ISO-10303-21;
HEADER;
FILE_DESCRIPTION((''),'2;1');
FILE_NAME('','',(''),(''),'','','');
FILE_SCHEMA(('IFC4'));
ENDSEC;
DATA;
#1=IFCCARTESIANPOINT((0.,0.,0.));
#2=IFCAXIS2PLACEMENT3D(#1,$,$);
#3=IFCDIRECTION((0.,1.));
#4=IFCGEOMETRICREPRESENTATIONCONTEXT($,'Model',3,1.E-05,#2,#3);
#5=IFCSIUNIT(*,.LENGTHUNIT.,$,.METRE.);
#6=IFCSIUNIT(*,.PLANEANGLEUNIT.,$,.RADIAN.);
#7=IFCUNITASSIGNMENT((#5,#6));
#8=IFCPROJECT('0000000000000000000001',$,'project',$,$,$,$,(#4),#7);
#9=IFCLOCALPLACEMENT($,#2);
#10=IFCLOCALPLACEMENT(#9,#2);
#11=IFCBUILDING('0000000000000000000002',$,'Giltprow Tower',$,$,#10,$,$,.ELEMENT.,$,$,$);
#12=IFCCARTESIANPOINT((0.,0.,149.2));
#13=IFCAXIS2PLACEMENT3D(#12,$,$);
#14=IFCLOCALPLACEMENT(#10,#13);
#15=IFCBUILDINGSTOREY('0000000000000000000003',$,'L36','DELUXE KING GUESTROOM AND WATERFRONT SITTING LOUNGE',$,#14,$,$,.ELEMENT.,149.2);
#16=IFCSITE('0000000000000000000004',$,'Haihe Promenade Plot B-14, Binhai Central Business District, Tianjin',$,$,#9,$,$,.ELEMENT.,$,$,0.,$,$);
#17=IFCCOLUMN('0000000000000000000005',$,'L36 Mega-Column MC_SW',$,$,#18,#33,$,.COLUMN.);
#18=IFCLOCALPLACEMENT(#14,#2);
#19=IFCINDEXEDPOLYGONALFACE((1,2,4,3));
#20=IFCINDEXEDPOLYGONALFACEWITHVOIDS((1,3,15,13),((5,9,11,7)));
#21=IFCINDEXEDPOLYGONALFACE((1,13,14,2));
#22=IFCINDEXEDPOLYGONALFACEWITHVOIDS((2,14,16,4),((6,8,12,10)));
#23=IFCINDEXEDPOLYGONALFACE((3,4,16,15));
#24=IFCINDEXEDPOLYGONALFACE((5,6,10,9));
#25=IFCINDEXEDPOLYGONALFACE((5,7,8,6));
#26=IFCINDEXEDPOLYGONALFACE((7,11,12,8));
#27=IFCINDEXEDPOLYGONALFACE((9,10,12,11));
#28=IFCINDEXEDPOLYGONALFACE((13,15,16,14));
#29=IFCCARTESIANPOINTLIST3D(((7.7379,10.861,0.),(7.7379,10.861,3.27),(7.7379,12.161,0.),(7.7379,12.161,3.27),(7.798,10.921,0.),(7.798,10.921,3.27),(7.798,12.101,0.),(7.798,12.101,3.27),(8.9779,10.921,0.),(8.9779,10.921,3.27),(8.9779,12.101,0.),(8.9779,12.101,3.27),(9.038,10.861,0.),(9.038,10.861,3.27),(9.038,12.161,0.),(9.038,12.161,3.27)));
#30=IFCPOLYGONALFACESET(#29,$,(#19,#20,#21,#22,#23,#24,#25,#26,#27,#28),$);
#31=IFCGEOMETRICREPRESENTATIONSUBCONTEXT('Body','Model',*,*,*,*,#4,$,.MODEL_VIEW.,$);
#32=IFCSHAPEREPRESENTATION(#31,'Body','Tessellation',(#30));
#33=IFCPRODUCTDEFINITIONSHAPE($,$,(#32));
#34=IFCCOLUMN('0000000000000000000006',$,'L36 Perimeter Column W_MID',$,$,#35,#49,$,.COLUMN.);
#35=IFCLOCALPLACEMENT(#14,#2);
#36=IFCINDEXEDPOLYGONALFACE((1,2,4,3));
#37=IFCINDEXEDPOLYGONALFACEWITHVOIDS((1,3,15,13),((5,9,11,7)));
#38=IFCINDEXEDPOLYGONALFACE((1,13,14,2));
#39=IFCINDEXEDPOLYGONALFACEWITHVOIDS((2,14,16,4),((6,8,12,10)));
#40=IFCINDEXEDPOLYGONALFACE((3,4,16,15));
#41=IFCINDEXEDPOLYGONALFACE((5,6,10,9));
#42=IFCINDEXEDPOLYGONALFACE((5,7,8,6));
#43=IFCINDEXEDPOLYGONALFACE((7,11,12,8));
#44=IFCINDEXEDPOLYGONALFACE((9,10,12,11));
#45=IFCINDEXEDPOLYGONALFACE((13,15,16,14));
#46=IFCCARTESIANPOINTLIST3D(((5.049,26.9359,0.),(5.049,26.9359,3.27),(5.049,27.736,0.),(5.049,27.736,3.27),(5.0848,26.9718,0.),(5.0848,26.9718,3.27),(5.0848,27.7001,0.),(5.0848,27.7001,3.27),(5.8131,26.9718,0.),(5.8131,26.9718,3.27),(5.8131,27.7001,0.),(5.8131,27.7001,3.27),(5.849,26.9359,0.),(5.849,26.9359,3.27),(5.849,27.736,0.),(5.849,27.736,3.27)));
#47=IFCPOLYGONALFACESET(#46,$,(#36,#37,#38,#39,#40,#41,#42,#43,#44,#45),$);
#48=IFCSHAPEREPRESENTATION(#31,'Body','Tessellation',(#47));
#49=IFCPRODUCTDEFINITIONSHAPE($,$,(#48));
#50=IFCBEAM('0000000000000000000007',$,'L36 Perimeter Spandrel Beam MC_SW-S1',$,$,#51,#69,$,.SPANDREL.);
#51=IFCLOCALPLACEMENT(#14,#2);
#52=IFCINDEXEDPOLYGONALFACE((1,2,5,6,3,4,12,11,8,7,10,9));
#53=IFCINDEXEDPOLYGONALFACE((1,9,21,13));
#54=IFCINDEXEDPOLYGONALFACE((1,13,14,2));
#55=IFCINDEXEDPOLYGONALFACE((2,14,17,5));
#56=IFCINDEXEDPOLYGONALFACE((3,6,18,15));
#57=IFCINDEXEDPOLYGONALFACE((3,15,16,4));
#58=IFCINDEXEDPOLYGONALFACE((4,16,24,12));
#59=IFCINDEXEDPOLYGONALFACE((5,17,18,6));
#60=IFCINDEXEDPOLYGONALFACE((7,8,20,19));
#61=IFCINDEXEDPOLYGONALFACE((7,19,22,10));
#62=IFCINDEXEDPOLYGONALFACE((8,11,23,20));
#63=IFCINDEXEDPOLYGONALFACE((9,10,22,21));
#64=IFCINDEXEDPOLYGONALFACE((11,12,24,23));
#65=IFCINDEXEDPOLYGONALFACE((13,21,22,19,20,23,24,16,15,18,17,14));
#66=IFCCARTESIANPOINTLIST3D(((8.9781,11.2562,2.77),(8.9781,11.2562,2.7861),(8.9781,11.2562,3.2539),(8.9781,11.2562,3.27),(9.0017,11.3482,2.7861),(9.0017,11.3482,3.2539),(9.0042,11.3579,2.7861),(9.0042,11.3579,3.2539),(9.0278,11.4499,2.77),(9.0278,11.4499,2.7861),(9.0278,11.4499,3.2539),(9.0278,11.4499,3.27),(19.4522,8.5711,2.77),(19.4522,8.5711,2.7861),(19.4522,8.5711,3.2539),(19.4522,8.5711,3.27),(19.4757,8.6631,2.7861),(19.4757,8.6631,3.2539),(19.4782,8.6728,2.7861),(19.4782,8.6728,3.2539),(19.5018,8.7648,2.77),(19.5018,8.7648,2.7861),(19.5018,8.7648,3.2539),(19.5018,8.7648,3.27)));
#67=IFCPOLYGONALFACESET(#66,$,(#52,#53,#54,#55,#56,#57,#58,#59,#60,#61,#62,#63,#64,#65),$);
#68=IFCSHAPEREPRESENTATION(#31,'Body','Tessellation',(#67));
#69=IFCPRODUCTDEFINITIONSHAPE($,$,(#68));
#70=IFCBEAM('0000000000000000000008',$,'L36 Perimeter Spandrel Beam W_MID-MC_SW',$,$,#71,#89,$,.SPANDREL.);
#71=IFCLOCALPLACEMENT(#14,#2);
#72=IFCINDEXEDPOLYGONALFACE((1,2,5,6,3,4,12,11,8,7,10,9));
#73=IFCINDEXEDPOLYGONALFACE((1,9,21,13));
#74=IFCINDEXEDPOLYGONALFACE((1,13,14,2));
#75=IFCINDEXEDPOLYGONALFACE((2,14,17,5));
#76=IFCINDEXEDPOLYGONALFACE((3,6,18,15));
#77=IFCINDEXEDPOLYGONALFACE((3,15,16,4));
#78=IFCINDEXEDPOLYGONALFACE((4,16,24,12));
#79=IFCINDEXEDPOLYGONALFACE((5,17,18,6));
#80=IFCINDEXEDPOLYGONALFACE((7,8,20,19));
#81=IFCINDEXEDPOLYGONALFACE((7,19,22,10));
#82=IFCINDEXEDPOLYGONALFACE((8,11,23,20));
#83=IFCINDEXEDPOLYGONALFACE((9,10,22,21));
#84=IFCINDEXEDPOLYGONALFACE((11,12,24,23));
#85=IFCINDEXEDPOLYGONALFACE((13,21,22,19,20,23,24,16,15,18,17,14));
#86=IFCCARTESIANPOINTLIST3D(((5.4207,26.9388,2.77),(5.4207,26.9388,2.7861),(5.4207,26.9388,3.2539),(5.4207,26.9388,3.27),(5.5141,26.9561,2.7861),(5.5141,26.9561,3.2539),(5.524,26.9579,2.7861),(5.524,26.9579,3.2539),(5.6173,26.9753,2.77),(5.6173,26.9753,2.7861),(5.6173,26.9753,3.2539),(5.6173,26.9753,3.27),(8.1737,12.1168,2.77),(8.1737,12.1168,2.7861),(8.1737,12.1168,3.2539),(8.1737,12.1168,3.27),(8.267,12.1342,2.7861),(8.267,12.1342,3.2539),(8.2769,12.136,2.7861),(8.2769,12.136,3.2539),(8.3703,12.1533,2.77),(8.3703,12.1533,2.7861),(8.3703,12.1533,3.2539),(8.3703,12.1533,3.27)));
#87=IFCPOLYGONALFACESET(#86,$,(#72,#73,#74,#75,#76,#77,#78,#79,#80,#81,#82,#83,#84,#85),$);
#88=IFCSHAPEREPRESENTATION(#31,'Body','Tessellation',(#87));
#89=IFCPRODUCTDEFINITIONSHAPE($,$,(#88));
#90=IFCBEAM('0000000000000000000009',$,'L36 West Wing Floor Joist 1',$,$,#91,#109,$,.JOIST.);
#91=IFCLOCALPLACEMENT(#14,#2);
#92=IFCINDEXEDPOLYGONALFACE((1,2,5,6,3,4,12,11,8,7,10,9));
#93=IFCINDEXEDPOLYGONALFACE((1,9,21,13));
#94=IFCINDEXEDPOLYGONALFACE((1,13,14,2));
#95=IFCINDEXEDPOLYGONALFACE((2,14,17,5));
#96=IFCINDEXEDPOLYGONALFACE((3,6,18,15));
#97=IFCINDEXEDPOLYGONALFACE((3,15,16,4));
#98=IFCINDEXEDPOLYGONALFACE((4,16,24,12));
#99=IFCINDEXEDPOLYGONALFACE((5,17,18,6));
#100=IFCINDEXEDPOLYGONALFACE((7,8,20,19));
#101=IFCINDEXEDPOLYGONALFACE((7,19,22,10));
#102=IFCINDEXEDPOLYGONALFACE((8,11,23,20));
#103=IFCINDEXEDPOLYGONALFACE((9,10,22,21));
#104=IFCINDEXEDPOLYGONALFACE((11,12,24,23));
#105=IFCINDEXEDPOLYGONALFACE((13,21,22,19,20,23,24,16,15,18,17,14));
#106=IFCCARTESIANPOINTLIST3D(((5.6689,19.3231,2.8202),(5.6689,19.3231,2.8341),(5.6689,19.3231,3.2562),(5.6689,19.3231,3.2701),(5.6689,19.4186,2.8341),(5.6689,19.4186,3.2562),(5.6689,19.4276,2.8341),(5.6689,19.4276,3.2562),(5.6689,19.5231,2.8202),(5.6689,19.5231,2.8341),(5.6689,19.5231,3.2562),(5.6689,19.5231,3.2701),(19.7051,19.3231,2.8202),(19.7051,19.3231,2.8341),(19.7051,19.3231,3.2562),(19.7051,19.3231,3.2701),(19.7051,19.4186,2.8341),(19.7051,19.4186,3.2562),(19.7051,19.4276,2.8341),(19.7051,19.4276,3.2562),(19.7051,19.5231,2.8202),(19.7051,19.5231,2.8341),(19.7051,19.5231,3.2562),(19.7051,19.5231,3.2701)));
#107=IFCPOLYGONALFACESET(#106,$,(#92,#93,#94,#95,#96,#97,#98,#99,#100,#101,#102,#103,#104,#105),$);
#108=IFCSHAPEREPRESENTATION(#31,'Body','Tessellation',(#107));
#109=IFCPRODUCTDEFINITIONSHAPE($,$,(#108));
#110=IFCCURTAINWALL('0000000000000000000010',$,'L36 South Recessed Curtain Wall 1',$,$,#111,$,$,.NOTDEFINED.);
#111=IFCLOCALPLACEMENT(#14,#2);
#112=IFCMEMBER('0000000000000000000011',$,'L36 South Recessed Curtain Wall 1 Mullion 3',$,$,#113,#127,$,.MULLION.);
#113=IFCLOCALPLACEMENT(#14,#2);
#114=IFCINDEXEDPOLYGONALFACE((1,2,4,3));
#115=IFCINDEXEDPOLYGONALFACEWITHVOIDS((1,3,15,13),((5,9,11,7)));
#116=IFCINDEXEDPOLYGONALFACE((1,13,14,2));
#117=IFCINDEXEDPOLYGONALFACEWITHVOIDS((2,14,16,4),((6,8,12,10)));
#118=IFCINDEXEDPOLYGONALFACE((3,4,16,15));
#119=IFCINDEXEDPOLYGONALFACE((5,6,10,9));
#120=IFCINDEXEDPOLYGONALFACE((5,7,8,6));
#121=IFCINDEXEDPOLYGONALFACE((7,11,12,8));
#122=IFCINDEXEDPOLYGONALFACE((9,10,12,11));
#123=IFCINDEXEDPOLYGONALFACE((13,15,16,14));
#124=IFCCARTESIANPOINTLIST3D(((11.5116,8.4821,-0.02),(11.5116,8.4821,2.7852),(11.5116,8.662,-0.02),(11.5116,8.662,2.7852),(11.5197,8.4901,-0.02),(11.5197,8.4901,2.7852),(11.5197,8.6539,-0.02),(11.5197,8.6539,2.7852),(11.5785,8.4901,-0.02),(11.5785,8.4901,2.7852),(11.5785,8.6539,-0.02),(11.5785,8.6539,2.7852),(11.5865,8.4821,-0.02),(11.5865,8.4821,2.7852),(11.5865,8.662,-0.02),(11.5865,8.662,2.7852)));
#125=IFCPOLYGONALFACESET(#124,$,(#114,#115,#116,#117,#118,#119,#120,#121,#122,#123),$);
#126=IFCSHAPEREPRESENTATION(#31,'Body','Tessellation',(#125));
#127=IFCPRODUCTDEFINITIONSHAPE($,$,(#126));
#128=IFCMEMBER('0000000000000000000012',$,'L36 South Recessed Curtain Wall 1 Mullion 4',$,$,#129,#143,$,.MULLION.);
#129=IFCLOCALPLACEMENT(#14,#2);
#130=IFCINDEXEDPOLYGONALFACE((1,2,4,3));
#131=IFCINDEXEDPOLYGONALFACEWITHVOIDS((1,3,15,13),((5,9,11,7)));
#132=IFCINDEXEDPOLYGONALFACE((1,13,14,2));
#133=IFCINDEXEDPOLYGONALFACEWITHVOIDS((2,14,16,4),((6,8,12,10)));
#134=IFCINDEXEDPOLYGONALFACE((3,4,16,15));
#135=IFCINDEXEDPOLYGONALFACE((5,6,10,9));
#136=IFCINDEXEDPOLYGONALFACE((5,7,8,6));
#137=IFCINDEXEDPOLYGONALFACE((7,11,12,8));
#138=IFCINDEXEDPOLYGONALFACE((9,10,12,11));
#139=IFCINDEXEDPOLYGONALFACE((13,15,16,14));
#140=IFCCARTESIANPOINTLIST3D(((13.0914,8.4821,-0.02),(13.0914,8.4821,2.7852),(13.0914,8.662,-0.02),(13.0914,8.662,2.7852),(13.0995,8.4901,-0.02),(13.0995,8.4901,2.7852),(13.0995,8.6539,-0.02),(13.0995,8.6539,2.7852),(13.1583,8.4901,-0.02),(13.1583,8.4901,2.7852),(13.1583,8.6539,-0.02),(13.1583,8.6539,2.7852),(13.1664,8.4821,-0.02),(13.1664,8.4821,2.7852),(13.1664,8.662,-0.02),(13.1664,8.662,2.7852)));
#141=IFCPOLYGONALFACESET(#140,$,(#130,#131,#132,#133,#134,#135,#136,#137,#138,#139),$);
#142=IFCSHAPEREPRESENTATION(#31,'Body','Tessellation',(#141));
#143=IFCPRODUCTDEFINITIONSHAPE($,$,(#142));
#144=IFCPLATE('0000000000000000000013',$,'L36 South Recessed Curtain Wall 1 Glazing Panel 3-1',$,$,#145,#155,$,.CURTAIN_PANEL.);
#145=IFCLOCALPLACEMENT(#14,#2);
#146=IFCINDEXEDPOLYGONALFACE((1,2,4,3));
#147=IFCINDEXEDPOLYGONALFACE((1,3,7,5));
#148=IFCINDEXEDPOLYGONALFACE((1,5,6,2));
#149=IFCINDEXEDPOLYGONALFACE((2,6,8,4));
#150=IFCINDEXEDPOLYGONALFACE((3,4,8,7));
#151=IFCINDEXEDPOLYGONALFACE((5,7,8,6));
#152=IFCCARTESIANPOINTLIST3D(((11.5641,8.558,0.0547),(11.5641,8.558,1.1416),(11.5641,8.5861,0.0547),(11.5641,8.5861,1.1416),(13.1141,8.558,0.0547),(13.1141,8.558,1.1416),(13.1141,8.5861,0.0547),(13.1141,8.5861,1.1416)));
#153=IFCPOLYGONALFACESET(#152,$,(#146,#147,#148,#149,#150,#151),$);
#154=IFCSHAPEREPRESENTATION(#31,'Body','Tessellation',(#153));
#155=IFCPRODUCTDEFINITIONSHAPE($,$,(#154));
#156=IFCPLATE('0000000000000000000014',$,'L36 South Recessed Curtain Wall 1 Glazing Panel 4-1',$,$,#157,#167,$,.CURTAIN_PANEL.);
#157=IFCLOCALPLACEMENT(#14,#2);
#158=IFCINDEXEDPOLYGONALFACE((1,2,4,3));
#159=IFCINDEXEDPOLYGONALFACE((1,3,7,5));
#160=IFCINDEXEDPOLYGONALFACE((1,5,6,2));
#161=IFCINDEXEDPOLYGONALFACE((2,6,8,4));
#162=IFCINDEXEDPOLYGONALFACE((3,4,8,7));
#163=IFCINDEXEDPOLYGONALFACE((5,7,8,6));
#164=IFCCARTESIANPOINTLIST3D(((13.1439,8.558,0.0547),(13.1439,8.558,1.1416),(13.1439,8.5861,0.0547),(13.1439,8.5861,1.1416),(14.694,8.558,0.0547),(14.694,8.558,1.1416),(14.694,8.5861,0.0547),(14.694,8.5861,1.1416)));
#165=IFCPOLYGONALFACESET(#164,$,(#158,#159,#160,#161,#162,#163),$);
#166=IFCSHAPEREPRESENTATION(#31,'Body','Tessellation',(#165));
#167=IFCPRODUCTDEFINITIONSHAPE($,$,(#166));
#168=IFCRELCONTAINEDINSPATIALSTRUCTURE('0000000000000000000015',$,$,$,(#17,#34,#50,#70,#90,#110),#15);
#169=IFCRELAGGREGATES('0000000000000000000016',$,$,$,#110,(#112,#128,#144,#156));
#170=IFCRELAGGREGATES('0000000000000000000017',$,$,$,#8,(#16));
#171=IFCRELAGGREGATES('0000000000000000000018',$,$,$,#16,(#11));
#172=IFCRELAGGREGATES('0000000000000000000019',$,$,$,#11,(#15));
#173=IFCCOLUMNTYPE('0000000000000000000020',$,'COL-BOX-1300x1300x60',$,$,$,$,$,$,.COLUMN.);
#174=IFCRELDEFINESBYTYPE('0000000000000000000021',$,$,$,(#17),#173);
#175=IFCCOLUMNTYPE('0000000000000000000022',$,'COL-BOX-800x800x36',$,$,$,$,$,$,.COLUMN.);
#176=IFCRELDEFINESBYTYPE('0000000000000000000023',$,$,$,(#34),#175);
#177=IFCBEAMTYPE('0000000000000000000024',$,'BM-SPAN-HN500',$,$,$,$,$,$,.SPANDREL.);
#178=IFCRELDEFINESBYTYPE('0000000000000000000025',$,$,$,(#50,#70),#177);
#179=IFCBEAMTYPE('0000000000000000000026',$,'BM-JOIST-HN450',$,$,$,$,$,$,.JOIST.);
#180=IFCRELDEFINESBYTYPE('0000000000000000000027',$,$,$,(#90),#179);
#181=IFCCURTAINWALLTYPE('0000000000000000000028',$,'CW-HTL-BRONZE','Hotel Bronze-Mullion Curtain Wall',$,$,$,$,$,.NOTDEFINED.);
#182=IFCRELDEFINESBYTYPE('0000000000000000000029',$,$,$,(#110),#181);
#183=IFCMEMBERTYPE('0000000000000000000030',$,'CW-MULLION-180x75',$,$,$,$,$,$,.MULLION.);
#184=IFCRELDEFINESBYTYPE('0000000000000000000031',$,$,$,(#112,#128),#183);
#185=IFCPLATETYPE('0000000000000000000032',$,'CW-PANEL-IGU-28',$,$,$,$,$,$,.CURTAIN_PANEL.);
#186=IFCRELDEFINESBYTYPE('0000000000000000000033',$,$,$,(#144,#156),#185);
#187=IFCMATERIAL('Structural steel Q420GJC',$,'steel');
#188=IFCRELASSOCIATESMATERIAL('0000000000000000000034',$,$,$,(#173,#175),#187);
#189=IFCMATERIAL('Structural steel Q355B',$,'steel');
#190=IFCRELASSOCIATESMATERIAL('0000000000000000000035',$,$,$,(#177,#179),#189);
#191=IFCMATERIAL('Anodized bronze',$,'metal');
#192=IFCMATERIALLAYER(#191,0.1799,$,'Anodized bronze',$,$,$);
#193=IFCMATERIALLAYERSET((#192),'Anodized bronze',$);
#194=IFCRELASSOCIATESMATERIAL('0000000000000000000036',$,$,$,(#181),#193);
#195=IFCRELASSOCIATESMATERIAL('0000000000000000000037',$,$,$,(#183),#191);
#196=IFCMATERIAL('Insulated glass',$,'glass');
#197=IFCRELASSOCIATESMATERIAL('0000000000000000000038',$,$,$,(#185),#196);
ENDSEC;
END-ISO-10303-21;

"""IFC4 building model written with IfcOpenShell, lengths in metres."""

from ifc_helpers import new_model, si_unit, direction, frame, origin, origin_2d, place, context, subcontext, project, spatial, rectangle, hollow_rectangle, i_section, extrude, source, transform, mapped, material, layer, layer_set, material_profile, profile_set, type_object, element, aggregate, save


model = new_model("IFC4")

# Units and contexts
model_context = context("Model", 3, precision=1e-05, world=origin(), true_north=direction((0.0, 1.0)))
body_context = subcontext(model_context, "Body", "Model", "MODEL_VIEW")
ifc_project = project(units=[si_unit("LENGTHUNIT", "METRE"), si_unit("PLANEANGLEUNIT", "RADIAN")], contexts=[model_context])

# Site, building, storey
site_placement = place(None, origin())
site = spatial("IfcSite", under=ifc_project, at=site_placement, Name="Haihe Promenade Plot B-14, Binhai Central Business District, Tianjin", CompositionType="ELEMENT", RefElevation=0.0)
building_placement = place(site_placement, origin())
building = spatial("IfcBuilding", under=site, at=building_placement, Name="Giltprow Tower", CompositionType="ELEMENT")
storey_placement = place(building_placement, frame((0.0, 0.0, 149.2)))
storey = spatial("IfcBuildingStorey", under=building, at=storey_placement, Name="L36", Description="DELUXE KING GUESTROOM AND WATERFRONT SITTING LOUNGE", CompositionType="ELEMENT", Elevation=149.2)

# Columns
ifc_material_1 = material(Name="Structural steel Q420GJC", Category="steel")
ifc_material_profile_1 = material_profile(ifc_material_1, hollow_rectangle(XDim=1.3, YDim=1.3, WallThickness=0.0601, at=origin_2d()), Name="BOX 1300x1300x60")
ifc_profile_set_1 = profile_set([ifc_material_profile_1], Name="Structural steel Q420GJC")
column_type_1 = type_object("IfcColumnType", Name="COL-BOX-1300x1300x60", PredefinedType="COLUMN", material=ifc_profile_set_1)
shared_shape_1 = source(origin(), body_context, "Body", "SweptSolid", [
    extrude(hollow_rectangle(XDim=1.3, YDim=1.3, WallThickness=0.0601, at=origin_2d()), origin(), (0.0, 0.0, 1.0), 3.27),
])
column_1_placement = place(storey_placement, frame((8.3879, 11.511, 0.0), z_axis=(0.0, 0.0, 1.0), x_axis=(1.0, 0.0, 0.0)))
element("IfcColumn", 1, at=column_1_placement, inside=storey, type_object=column_type_1, Name="L36 Mega-Column MC_SW", PredefinedType="COLUMN", context=body_context, shape_type="MappedRepresentation", body=[
    mapped(shared_shape_1, transform((0.0, 0.0, 0.0), x_axis=(1.0, 0.0, 0.0), y_axis=(0.0, 1.0, 0.0), z_axis=(0.0, 0.0, 1.0), scale=1.0)),
])
ifc_material_profile_2 = material_profile(ifc_material_1, hollow_rectangle(XDim=0.8, YDim=0.8, WallThickness=0.0359, at=origin_2d()), Name="BOX 800x800x36")
ifc_profile_set_2 = profile_set([ifc_material_profile_2], Name="Structural steel Q420GJC")
column_type_2 = type_object("IfcColumnType", Name="COL-BOX-800x800x36", PredefinedType="COLUMN", material=ifc_profile_set_2)
shared_shape_2 = source(origin(), body_context, "Body", "SweptSolid", [
    extrude(hollow_rectangle(XDim=0.8, YDim=0.8, WallThickness=0.0359, at=origin_2d()), origin(), (0.0, 0.0, 1.0), 3.27),
])
column_2_placement = place(storey_placement, frame((5.449, 27.3359, 0.0), z_axis=(0.0, 0.0, 1.0), x_axis=(1.0, 0.0, 0.0)))
element("IfcColumn", 2, at=column_2_placement, inside=storey, type_object=column_type_2, Name="L36 Perimeter Column W_MID", PredefinedType="COLUMN", context=body_context, shape_type="MappedRepresentation", body=[
    mapped(shared_shape_2, transform((0.0, 0.0, 0.0), x_axis=(1.0, 0.0, 0.0), y_axis=(0.0, 1.0, 0.0), z_axis=(0.0, 0.0, 1.0), scale=1.0)),
])

# Beams
ifc_material_2 = material(Name="Structural steel Q355B", Category="steel")
ifc_material_profile_3 = material_profile(ifc_material_2, i_section(OverallWidth=0.2, OverallDepth=0.5, WebThickness=0.01, FlangeThickness=0.0161, at=origin_2d()), Name="HN 500x200x10x16")
ifc_profile_set_3 = profile_set([ifc_material_profile_3], Name="Structural steel Q355B")
beam_type_1 = type_object("IfcBeamType", Name="BM-SPAN-HN500", PredefinedType="SPANDREL", material=ifc_profile_set_3)
shared_shape_3 = source(origin(), body_context, "Body", "SweptSolid", [
    extrude(i_section(OverallWidth=0.2, OverallDepth=0.5, WebThickness=0.01, FlangeThickness=0.0161, at=origin_2d()), origin(), (0.0, 0.0, 1.0), 10.8127),
])
beam_1_placement = place(storey_placement, frame((9.0029, 11.353, 3.02), z_axis=(0.968678, -0.248322, 0.0), x_axis=(0.248322, 0.968678, 0.0)))
element("IfcBeam", 3, at=beam_1_placement, inside=storey, type_object=beam_type_1, Name="L36 Perimeter Spandrel Beam MC_SW-S1", PredefinedType="SPANDREL", context=body_context, shape_type="MappedRepresentation", body=[
    mapped(shared_shape_3, transform((0.0, 0.0, 0.0), x_axis=(1.0, 0.0, 0.0), y_axis=(0.0, 1.0, 0.0), z_axis=(0.0, 0.0, 1.0), scale=1.0)),
])
shared_shape_4 = source(origin(), body_context, "Body", "SweptSolid", [
    extrude(i_section(OverallWidth=0.2, OverallDepth=0.5, WebThickness=0.01, FlangeThickness=0.0161, at=origin_2d()), origin(), (0.0, 0.0, 1.0), 15.0754),
])
beam_2_placement = place(storey_placement, frame((5.519, 26.957, 3.02), z_axis=(0.182609, -0.983186, 0.0), x_axis=(0.983186, 0.182609, 0.0)))
element("IfcBeam", 4, at=beam_2_placement, inside=storey, type_object=beam_type_1, Name="L36 Perimeter Spandrel Beam W_MID-MC_SW", PredefinedType="SPANDREL", context=body_context, shape_type="MappedRepresentation", body=[
    mapped(shared_shape_4, transform((0.0, 0.0, 0.0), x_axis=(1.0, 0.0, 0.0), y_axis=(0.0, 1.0, 0.0), z_axis=(0.0, 0.0, 1.0), scale=1.0)),
])
ifc_material_profile_4 = material_profile(ifc_material_2, i_section(OverallWidth=0.2, OverallDepth=0.45, WebThickness=0.009, FlangeThickness=0.0139, at=origin_2d()), Name="HN 450x200x9x14")
ifc_profile_set_4 = profile_set([ifc_material_profile_4], Name="Structural steel Q355B")
beam_type_2 = type_object("IfcBeamType", Name="BM-JOIST-HN450", PredefinedType="JOIST", material=ifc_profile_set_4)
shared_shape_5 = source(origin(), body_context, "Body", "SweptSolid", [
    extrude(i_section(OverallWidth=0.2, OverallDepth=0.45, WebThickness=0.009, FlangeThickness=0.0139, at=origin_2d()), origin(), (0.0, 0.0, 1.0), 14.0361),
])
beam_3_placement = place(storey_placement, frame((5.6689, 19.4231, 3.0452), z_axis=(1.0, 0.0, 0.0), x_axis=(0.0, 1.0, 0.0)))
element("IfcBeam", 5, at=beam_3_placement, inside=storey, type_object=beam_type_2, Name="L36 West Wing Floor Joist 1", PredefinedType="JOIST", context=body_context, shape_type="MappedRepresentation", body=[
    mapped(shared_shape_5, transform((0.0, 0.0, 0.0), x_axis=(1.0, 0.0, 0.0), y_axis=(0.0, 1.0, 0.0), z_axis=(0.0, 0.0, 1.0), scale=1.0)),
])

# Curtain wall, members, plates
ifc_material_3 = material(Name="Anodized bronze", Category="metal")
ifc_layer_1 = layer(ifc_material_3, 0.1799, Name="Anodized bronze")
ifc_layer_set_1 = layer_set([ifc_layer_1], Name="Anodized bronze")
curtain_wall_type = type_object("IfcCurtainWallType", Name="CW-HTL-BRONZE", Description="Hotel Bronze-Mullion Curtain Wall", PredefinedType="NOTDEFINED", material=ifc_layer_set_1)
curtain_wall_placement = place(storey_placement, origin())
curtain_wall = element("IfcCurtainWall", 6, at=curtain_wall_placement, inside=storey, type_object=curtain_wall_type, Name="L36 South Recessed Curtain Wall 1", PredefinedType="NOTDEFINED")
ifc_material_profile_5 = material_profile(ifc_material_3, hollow_rectangle(XDim=0.075, YDim=0.1799, WallThickness=0.0081, at=origin_2d()), Name="RHS 180x75x8")
ifc_profile_set_5 = profile_set([ifc_material_profile_5], Name="Anodized bronze")
member_type = type_object("IfcMemberType", Name="CW-MULLION-180x75", PredefinedType="MULLION", material=ifc_profile_set_5)
shared_shape_6 = source(origin(), body_context, "Body", "SweptSolid", [
    extrude(hollow_rectangle(XDim=0.075, YDim=0.1799, WallThickness=0.0081, at=origin_2d()), origin(), (0.0, 0.0, 1.0), 2.8052),
])
member_1_placement = place(storey_placement, frame((11.5491, 8.572, -0.02), z_axis=(0.0, 0.0, 1.0), x_axis=(1.0, 0.0, 0.0)))
member_1 = element("IfcMember", 7, at=member_1_placement, type_object=member_type, Name="L36 South Recessed Curtain Wall 1 Mullion 3", PredefinedType="MULLION", context=body_context, shape_type="MappedRepresentation", body=[
    mapped(shared_shape_6, transform((0.0, 0.0, 0.0), x_axis=(1.0, 0.0, 0.0), y_axis=(0.0, 1.0, 0.0), z_axis=(0.0, 0.0, 1.0), scale=1.0)),
])
member_2_placement = place(storey_placement, frame((13.1289, 8.572, -0.02), z_axis=(0.0, 0.0, 1.0), x_axis=(1.0, 0.0, 0.0)))
member_2 = element("IfcMember", 8, at=member_2_placement, type_object=member_type, Name="L36 South Recessed Curtain Wall 1 Mullion 4", PredefinedType="MULLION", context=body_context, shape_type="MappedRepresentation", body=[
    mapped(shared_shape_6, transform((0.0, 0.0, 0.0), x_axis=(1.0, 0.0, 0.0), y_axis=(0.0, 1.0, 0.0), z_axis=(0.0, 0.0, 1.0), scale=1.0)),
])
ifc_material_4 = material(Name="Insulated glass", Category="glass")
plate_type = type_object("IfcPlateType", Name="CW-PANEL-IGU-28", PredefinedType="CURTAIN_PANEL", material=ifc_material_4)
shared_shape_7 = source(origin(), body_context, "Body", "SweptSolid", [
    extrude(rectangle(XDim=1.55, YDim=0.0281, at=origin_2d()), origin(), (0.0, 0.0, 1.0), 1.0869),
])
plate_1_placement = place(storey_placement, frame((12.3391, 8.572, 0.0547), z_axis=(0.0, 0.0, 1.0), x_axis=(1.0, 0.0, 0.0)))
plate_1 = element("IfcPlate", 9, at=plate_1_placement, type_object=plate_type, Name="L36 South Recessed Curtain Wall 1 Glazing Panel 3-1", PredefinedType="CURTAIN_PANEL", context=body_context, shape_type="MappedRepresentation", body=[
    mapped(shared_shape_7, transform((0.0, 0.0, 0.0), x_axis=(1.0, 0.0, 0.0), y_axis=(0.0, 1.0, 0.0), z_axis=(0.0, 0.0, 1.0), scale=1.0)),
])
plate_2_placement = place(storey_placement, frame((13.9189, 8.572, 0.0547), z_axis=(0.0, 0.0, 1.0), x_axis=(1.0, 0.0, 0.0)))
plate_2 = element("IfcPlate", 10, at=plate_2_placement, type_object=plate_type, Name="L36 South Recessed Curtain Wall 1 Glazing Panel 4-1", PredefinedType="CURTAIN_PANEL", context=body_context, shape_type="MappedRepresentation", body=[
    mapped(shared_shape_7, transform((0.0, 0.0, 0.0), x_axis=(1.0, 0.0, 0.0), y_axis=(0.0, 1.0, 0.0), z_axis=(0.0, 0.0, 1.0), scale=1.0)),
])
aggregate(curtain_wall, [member_1, member_2, plate_1, plate_2])

save(model, "model.ifc")
